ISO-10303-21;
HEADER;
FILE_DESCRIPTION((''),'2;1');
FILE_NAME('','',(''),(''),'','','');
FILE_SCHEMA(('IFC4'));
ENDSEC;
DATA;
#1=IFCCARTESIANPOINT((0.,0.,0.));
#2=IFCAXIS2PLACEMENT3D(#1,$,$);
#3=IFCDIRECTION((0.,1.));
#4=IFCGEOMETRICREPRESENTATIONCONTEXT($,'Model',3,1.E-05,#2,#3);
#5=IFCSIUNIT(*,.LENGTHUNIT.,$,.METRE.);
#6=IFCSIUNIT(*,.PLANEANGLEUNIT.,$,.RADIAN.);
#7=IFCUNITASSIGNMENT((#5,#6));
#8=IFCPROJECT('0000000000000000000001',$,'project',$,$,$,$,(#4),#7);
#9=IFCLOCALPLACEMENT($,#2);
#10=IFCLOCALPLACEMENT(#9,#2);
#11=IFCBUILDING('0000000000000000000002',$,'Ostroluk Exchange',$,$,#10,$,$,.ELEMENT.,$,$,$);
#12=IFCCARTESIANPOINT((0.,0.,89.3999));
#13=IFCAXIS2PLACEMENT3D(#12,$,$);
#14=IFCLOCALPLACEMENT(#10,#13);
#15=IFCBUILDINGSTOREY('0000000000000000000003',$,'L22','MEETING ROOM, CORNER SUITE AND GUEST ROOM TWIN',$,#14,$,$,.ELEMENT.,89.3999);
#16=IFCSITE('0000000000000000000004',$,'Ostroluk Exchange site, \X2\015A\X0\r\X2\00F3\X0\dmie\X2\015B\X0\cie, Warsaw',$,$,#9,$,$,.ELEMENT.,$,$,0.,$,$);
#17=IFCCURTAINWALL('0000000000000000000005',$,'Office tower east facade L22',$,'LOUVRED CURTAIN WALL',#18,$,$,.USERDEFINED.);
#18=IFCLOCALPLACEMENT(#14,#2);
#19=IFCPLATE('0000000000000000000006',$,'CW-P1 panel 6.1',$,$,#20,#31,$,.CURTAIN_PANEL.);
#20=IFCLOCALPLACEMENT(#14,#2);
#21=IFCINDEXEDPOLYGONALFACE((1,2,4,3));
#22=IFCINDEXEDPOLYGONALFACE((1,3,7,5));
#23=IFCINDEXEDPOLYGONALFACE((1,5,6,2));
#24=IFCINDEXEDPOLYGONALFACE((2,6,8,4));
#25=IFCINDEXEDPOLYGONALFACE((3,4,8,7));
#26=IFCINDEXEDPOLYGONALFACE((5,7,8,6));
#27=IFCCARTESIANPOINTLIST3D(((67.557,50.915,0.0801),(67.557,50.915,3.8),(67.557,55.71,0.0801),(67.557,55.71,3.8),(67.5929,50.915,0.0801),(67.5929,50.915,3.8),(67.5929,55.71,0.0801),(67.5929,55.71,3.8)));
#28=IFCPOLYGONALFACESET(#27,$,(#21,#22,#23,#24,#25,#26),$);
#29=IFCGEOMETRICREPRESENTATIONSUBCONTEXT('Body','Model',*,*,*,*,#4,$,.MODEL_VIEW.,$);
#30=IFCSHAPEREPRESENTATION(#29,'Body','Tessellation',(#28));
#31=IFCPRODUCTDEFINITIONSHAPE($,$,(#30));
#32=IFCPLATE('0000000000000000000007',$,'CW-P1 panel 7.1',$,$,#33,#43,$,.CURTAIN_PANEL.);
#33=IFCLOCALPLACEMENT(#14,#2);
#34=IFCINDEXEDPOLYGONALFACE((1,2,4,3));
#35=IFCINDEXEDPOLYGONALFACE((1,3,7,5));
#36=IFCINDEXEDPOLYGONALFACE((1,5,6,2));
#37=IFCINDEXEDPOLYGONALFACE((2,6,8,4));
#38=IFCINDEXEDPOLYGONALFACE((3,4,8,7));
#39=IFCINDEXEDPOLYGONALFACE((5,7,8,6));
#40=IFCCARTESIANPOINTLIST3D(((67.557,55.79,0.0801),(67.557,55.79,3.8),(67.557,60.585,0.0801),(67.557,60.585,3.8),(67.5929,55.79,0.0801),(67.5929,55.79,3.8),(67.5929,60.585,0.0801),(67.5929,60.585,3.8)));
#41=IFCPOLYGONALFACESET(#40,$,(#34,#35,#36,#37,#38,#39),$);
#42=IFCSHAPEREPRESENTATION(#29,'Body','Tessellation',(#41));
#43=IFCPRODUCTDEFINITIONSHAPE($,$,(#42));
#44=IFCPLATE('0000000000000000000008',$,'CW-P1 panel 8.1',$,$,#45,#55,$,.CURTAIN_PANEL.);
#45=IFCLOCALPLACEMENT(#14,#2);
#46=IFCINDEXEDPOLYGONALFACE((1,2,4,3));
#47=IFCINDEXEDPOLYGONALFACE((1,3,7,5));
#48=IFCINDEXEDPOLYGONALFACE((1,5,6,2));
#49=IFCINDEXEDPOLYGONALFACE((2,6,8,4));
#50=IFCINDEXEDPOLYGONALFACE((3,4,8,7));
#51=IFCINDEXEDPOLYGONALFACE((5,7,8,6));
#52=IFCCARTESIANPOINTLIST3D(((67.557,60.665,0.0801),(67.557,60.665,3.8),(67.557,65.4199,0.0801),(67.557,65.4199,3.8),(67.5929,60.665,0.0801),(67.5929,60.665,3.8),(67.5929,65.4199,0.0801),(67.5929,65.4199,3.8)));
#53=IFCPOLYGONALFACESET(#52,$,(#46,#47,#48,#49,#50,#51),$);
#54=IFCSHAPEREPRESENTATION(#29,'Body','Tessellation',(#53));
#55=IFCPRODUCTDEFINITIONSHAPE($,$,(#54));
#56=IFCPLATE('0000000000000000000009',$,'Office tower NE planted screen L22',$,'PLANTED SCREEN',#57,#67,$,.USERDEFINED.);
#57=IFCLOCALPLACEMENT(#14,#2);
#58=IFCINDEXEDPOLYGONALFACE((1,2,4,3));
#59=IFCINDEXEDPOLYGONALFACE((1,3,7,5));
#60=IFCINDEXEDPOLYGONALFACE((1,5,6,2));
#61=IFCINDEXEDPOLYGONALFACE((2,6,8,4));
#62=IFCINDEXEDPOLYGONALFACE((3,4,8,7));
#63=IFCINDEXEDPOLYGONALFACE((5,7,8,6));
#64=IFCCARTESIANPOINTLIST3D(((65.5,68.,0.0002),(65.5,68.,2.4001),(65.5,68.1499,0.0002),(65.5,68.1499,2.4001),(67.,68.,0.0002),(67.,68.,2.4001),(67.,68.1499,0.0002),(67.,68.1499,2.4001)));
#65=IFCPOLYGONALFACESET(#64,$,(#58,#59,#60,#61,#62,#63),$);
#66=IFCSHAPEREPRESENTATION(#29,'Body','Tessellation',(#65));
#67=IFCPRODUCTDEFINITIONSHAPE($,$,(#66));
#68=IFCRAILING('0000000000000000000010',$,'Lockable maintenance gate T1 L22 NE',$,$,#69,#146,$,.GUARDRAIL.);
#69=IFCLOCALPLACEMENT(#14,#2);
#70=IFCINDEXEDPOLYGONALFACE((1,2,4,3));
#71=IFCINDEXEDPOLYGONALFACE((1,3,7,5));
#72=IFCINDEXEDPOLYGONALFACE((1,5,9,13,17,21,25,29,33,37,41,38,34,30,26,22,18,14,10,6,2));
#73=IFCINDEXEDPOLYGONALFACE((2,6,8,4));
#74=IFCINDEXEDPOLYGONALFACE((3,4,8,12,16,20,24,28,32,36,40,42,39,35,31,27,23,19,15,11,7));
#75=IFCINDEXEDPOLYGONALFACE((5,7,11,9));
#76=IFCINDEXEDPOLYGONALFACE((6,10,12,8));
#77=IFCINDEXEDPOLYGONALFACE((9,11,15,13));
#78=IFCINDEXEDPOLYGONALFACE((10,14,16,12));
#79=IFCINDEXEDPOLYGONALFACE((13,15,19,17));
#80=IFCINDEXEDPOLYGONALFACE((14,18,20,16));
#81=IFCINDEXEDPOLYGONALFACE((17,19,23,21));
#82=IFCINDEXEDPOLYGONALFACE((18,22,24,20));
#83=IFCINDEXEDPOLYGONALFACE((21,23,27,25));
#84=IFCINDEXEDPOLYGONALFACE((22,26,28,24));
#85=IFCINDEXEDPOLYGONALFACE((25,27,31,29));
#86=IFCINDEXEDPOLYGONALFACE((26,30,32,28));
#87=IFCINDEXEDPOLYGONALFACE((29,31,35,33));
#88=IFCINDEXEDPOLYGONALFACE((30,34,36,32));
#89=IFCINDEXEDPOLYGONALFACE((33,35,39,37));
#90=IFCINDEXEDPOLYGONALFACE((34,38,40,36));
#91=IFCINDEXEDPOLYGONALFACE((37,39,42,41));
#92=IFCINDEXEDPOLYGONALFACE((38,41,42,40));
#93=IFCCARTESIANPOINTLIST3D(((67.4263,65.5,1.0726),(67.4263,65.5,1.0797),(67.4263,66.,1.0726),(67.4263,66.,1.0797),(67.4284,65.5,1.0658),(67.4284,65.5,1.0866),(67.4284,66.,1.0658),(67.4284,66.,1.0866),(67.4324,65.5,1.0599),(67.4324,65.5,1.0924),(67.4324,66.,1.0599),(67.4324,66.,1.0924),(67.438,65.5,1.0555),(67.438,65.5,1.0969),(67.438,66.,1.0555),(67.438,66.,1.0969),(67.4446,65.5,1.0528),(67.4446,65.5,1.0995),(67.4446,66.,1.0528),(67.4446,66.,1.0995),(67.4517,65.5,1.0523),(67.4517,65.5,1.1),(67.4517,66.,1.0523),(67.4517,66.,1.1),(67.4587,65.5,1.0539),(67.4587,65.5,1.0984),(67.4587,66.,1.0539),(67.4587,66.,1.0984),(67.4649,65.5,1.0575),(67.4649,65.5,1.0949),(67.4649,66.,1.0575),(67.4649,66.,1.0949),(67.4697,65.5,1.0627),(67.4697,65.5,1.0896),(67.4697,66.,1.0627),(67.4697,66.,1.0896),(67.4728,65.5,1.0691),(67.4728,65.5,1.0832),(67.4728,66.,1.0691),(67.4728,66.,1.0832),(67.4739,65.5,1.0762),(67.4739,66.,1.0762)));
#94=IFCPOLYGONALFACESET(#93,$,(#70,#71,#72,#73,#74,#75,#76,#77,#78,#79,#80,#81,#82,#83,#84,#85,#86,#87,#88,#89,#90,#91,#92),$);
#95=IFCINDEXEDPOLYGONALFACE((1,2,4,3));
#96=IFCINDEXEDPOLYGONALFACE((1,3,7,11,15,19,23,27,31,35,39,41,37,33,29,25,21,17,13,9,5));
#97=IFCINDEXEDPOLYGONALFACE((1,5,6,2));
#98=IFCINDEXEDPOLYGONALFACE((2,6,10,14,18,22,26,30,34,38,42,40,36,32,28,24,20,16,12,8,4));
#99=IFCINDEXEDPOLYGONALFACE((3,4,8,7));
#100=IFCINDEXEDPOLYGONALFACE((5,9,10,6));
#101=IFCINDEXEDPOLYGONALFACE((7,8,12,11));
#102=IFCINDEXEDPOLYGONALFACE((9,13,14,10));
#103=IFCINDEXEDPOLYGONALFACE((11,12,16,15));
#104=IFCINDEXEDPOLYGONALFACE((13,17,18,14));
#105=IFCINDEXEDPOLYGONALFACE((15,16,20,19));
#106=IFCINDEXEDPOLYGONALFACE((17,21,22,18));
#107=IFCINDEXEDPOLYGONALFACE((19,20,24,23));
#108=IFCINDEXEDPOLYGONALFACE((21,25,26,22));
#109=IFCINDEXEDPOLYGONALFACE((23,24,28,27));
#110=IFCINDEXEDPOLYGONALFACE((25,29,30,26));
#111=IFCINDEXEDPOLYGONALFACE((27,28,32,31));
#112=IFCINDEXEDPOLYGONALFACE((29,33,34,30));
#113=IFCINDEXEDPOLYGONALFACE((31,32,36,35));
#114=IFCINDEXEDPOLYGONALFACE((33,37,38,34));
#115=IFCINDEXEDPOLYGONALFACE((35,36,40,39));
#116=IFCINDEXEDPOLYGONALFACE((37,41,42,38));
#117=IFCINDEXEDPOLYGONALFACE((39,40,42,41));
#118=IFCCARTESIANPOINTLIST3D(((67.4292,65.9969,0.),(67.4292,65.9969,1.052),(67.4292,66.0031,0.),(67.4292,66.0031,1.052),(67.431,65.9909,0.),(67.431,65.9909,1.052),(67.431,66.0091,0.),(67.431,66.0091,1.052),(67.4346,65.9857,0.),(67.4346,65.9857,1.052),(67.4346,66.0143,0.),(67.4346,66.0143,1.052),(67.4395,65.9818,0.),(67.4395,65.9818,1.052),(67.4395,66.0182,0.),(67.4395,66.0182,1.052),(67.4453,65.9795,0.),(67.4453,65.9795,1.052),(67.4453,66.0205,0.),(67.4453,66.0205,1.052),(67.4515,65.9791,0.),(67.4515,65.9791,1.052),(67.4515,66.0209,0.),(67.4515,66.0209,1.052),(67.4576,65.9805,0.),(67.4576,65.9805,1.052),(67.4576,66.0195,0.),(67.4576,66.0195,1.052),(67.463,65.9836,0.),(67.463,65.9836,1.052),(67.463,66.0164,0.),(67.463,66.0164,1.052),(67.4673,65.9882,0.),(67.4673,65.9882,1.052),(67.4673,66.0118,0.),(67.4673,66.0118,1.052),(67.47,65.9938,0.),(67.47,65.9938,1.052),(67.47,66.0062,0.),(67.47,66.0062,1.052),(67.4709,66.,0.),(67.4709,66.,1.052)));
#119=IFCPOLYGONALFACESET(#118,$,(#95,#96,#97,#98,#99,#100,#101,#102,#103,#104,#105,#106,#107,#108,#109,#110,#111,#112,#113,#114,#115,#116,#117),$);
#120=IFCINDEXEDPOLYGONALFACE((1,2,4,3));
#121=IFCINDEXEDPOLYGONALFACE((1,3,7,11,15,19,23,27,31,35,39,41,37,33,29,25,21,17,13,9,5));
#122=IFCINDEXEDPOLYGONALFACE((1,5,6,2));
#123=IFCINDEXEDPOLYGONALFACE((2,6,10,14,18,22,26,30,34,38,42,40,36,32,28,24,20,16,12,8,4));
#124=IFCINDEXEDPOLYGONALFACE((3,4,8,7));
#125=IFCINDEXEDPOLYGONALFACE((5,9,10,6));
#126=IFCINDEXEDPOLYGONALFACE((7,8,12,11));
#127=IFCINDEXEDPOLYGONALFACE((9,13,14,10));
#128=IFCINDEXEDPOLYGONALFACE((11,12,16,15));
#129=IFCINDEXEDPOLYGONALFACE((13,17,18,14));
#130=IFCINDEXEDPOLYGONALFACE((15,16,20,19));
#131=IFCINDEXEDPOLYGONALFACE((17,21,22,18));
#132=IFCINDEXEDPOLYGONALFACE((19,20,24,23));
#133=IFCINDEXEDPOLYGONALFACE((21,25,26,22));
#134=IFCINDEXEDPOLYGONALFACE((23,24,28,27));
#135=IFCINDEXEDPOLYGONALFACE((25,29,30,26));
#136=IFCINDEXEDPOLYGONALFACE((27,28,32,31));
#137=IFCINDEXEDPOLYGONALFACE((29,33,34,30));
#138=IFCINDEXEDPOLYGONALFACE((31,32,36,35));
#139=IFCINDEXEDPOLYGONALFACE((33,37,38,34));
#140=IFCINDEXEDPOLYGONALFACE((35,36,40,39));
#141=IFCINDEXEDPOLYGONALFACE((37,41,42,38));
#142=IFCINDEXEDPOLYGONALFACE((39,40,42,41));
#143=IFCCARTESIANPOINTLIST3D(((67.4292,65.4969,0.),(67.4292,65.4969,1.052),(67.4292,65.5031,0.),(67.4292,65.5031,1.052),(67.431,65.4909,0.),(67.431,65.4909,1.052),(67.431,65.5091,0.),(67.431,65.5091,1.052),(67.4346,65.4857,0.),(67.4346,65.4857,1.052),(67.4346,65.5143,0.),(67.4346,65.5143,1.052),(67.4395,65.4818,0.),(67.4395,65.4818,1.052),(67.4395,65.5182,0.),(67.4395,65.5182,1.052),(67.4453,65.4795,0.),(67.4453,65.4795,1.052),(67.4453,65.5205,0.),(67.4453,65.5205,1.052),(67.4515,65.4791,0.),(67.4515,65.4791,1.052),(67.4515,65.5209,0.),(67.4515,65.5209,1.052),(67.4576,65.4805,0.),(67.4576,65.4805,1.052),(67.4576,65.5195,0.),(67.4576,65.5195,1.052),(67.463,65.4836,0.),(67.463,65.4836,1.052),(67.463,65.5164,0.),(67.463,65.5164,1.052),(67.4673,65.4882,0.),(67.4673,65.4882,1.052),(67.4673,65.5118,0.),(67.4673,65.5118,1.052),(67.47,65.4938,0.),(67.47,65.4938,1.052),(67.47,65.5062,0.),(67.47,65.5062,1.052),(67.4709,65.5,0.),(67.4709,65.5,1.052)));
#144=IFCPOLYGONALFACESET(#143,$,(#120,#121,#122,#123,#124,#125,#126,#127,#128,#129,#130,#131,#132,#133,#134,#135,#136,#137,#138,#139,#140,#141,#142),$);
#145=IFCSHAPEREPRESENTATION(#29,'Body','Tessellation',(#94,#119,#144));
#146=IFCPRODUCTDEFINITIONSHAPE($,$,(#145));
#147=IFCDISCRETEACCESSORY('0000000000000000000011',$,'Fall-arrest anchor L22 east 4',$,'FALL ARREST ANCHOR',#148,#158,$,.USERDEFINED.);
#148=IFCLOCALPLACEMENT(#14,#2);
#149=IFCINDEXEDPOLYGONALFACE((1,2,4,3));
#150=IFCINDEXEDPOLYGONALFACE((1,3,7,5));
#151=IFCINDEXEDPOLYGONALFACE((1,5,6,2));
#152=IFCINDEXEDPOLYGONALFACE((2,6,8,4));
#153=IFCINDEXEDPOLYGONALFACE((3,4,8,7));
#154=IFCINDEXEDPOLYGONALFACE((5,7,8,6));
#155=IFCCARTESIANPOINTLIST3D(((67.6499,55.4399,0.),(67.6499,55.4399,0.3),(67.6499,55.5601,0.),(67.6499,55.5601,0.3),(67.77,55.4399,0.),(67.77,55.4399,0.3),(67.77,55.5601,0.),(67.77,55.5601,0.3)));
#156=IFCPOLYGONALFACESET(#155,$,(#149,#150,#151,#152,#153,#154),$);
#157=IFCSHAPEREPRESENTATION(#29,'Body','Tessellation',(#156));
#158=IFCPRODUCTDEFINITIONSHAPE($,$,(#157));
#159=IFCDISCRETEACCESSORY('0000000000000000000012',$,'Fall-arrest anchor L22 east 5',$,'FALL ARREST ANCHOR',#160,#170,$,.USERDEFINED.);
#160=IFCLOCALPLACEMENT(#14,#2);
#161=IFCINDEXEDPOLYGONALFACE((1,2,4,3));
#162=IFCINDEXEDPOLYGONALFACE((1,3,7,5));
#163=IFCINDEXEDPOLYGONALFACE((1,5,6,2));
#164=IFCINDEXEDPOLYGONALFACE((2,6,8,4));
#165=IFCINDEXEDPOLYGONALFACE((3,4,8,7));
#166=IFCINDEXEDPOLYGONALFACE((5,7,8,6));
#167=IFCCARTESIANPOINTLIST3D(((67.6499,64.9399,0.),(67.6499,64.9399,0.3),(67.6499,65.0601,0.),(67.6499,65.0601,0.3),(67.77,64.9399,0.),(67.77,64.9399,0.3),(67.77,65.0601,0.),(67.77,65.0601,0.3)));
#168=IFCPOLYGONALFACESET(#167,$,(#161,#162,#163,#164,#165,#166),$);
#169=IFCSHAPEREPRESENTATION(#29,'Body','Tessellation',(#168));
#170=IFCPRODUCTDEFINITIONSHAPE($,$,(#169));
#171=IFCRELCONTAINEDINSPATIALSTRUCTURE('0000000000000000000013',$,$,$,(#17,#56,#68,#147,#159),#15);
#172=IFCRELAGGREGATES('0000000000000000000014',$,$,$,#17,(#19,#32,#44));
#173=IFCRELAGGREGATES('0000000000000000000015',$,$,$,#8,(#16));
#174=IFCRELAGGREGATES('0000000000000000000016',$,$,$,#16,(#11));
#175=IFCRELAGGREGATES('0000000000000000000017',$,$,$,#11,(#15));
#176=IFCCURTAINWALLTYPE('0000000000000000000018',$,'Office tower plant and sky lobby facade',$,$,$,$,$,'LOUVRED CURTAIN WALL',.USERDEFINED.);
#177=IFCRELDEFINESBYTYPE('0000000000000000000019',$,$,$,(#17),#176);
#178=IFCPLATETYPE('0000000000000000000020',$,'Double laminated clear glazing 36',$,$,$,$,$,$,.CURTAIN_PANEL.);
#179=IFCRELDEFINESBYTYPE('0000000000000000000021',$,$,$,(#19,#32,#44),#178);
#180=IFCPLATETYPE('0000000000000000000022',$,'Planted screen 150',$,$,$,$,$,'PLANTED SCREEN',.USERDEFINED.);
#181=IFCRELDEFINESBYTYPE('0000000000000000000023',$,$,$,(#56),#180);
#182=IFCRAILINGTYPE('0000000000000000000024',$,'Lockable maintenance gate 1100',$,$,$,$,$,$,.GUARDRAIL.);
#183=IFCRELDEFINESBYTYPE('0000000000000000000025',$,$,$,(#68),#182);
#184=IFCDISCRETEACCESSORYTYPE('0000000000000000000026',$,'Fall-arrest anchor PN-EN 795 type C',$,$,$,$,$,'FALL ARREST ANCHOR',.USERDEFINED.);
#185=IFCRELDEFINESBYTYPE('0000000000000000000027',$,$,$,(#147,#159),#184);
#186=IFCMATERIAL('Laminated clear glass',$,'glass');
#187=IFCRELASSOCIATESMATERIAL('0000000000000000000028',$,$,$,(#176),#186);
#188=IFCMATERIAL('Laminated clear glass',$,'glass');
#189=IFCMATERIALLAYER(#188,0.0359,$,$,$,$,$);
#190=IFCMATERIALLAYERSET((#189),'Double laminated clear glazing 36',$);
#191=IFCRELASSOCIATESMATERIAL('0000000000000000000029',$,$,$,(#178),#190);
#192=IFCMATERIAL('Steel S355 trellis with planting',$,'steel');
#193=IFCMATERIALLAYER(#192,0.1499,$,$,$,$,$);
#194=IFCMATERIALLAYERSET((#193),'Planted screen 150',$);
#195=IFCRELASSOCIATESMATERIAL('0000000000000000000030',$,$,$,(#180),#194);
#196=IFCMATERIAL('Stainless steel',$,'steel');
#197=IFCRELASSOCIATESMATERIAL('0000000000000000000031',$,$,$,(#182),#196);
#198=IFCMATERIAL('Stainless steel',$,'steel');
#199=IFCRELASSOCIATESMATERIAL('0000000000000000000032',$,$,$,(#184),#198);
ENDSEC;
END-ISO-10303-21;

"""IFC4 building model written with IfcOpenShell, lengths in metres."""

from ifc_helpers import new_model, si_unit, direction, frame, origin, origin_2d, place, context, subcontext, project, spatial, rectangle, circle, extrude, material, layer, layer_set, type_object, element, aggregate, save


model = new_model("IFC4")

# Units and contexts
model_context = context("Model", 3, precision=1e-05, world=origin(), true_north=direction((0.0, 1.0)))
body_context = subcontext(model_context, "Body", "Model", "MODEL_VIEW")
ifc_project = project(units=[si_unit("LENGTHUNIT", "METRE"), si_unit("PLANEANGLEUNIT", "RADIAN")], contexts=[model_context])

# Site, building, storey
site_placement = place(None, origin())
site = spatial("IfcSite", under=ifc_project, at=site_placement, Name="Ostroluk Exchange site, Śródmieście, Warsaw", CompositionType="ELEMENT", RefElevation=0.0)
building_placement = place(site_placement, origin())
building = spatial("IfcBuilding", under=site, at=building_placement, Name="Ostroluk Exchange", CompositionType="ELEMENT")
storey_placement = place(building_placement, frame((0.0, 0.0, 89.3999)))
storey = spatial("IfcBuildingStorey", under=building, at=storey_placement, Name="L22", Description="MEETING ROOM, CORNER SUITE AND GUEST ROOM TWIN", CompositionType="ELEMENT", Elevation=89.3999)

# Curtain wall, plates
ifc_material_1 = material(Name="Laminated clear glass", Category="glass")
curtain_wall_type = type_object("IfcCurtainWallType", Name="Office tower plant and sky lobby facade", ElementType="LOUVRED CURTAIN WALL", PredefinedType="USERDEFINED", material=ifc_material_1)
curtain_wall_placement = place(storey_placement, origin())
curtain_wall = element("IfcCurtainWall", 1, at=curtain_wall_placement, inside=storey, type_object=curtain_wall_type, Name="Office tower east facade L22", ObjectType="LOUVRED CURTAIN WALL", PredefinedType="USERDEFINED")
ifc_material_2 = material(Name="Laminated clear glass", Category="glass")
ifc_layer_1 = layer(ifc_material_2, 0.0359)
ifc_layer_set_1 = layer_set([ifc_layer_1], Name="Double laminated clear glazing 36")
plate_type_1 = type_object("IfcPlateType", Name="Double laminated clear glazing 36", PredefinedType="CURTAIN_PANEL", material=ifc_layer_set_1)
plate_1_placement = place(storey_placement, frame((67.575, 53.3125, 0.0801), z_axis=(0.0, 0.0, 1.0), x_axis=(0.0, 1.0, 0.0)))
plate_1 = element("IfcPlate", 2, at=plate_1_placement, type_object=plate_type_1, Name="CW-P1 panel 6.1", PredefinedType="CURTAIN_PANEL", context=body_context, shape_type="SweptSolid", body=[
    extrude(rectangle(XDim=4.7949, YDim=0.0359, at=origin_2d()), origin(), (0.0, 0.0, 1.0), 3.72),
])
plate_2_placement = place(storey_placement, frame((67.575, 58.1875, 0.0801), z_axis=(0.0, 0.0, 1.0), x_axis=(0.0, 1.0, 0.0)))
plate_2 = element("IfcPlate", 3, at=plate_2_placement, type_object=plate_type_1, Name="CW-P1 panel 7.1", PredefinedType="CURTAIN_PANEL", context=body_context, shape_type="SweptSolid", body=[
    extrude(rectangle(XDim=4.7949, YDim=0.0359, at=origin_2d()), origin(), (0.0, 0.0, 1.0), 3.72),
])
plate_3_placement = place(storey_placement, frame((67.575, 63.0425, 0.0801), z_axis=(0.0, 0.0, 1.0), x_axis=(0.0, 1.0, 0.0)))
plate_3 = element("IfcPlate", 4, at=plate_3_placement, type_object=plate_type_1, Name="CW-P1 panel 8.1", PredefinedType="CURTAIN_PANEL", context=body_context, shape_type="SweptSolid", body=[
    extrude(rectangle(XDim=4.7549, YDim=0.0359, at=origin_2d()), origin(), (0.0, 0.0, 1.0), 3.72),
])
aggregate(curtain_wall, [plate_1, plate_2, plate_3])

# Plate
ifc_material_3 = material(Name="Steel S355 trellis with planting", Category="steel")
ifc_layer_2 = layer(ifc_material_3, 0.1499)
ifc_layer_set_2 = layer_set([ifc_layer_2], Name="Planted screen 150")
plate_type_2 = type_object("IfcPlateType", Name="Planted screen 150", ElementType="PLANTED SCREEN", PredefinedType="USERDEFINED", material=ifc_layer_set_2)
plate_4_placement = place(storey_placement, frame((66.25, 68.075, 0.0002), z_axis=(0.0, 0.0, 1.0), x_axis=(1.0, 0.0, 0.0)))
element("IfcPlate", 5, at=plate_4_placement, inside=storey, type_object=plate_type_2, Name="Office tower NE planted screen L22", ObjectType="PLANTED SCREEN", PredefinedType="USERDEFINED", context=body_context, shape_type="SweptSolid", body=[
    extrude(rectangle(XDim=1.5, YDim=0.1499, at=origin_2d()), origin(), (0.0, 0.0, 1.0), 2.3999),
])

# Railing
ifc_material_4 = material(Name="Stainless steel", Category="steel")
railing_type = type_object("IfcRailingType", Name="Lockable maintenance gate 1100", PredefinedType="GUARDRAIL", material=ifc_material_4)
railing_placement = place(storey_placement, frame((67.45, 66.0, 0.0)))
element("IfcRailing", 6, at=railing_placement, inside=storey, type_object=railing_type, Name="Lockable maintenance gate T1 L22 NE", PredefinedType="GUARDRAIL", context=body_context, shape_type="SweptSolid", body=[
    extrude(circle(Radius=0.0239, at=origin_2d()), frame((0.0, 0.0, 1.0762), z_axis=(0.0, -1.0, 0.0), x_axis=(1.0, 0.0, 0.0)), (0.0, 0.0, 1.0), 0.5),
    extrude(circle(Radius=0.021, at=origin_2d()), origin(), (0.0, 0.0, 1.0), 1.052),
    extrude(circle(Radius=0.021, at=origin_2d()), frame((0.0, -0.5, 0.0)), (0.0, 0.0, 1.0), 1.052),
])

# Discrete accessories
ifc_material_5 = material(Name="Stainless steel", Category="steel")
discrete_accessory_type = type_object("IfcDiscreteAccessoryType", Name="Fall-arrest anchor PN-EN 795 type C", ElementType="FALL ARREST ANCHOR", PredefinedType="USERDEFINED", material=ifc_material_5)
for number, where, z_axis, x_axis, name in (
    (7, (67.71, 55.5, 0.0), (0.0, 0.0, 1.0), (1.0, 0.0, 0.0), "Fall-arrest anchor L22 east 4"),
    (8, (67.71, 65.0, 0.0), (0.0, 0.0, 1.0), (1.0, 0.0, 0.0), "Fall-arrest anchor L22 east 5"),
):
    element("IfcDiscreteAccessory", number, at=place(storey_placement, frame(where, z_axis=z_axis, x_axis=x_axis)), inside=storey, type_object=discrete_accessory_type, Name=name, ObjectType="FALL ARREST ANCHOR", PredefinedType="USERDEFINED", context=body_context, shape_type="SweptSolid", body=[
        extrude(rectangle(XDim=0.1201, YDim=0.1201, at=origin_2d()), origin(), (0.0, 0.0, 1.0), 0.3),
    ])

save(model, "model.ifc")
